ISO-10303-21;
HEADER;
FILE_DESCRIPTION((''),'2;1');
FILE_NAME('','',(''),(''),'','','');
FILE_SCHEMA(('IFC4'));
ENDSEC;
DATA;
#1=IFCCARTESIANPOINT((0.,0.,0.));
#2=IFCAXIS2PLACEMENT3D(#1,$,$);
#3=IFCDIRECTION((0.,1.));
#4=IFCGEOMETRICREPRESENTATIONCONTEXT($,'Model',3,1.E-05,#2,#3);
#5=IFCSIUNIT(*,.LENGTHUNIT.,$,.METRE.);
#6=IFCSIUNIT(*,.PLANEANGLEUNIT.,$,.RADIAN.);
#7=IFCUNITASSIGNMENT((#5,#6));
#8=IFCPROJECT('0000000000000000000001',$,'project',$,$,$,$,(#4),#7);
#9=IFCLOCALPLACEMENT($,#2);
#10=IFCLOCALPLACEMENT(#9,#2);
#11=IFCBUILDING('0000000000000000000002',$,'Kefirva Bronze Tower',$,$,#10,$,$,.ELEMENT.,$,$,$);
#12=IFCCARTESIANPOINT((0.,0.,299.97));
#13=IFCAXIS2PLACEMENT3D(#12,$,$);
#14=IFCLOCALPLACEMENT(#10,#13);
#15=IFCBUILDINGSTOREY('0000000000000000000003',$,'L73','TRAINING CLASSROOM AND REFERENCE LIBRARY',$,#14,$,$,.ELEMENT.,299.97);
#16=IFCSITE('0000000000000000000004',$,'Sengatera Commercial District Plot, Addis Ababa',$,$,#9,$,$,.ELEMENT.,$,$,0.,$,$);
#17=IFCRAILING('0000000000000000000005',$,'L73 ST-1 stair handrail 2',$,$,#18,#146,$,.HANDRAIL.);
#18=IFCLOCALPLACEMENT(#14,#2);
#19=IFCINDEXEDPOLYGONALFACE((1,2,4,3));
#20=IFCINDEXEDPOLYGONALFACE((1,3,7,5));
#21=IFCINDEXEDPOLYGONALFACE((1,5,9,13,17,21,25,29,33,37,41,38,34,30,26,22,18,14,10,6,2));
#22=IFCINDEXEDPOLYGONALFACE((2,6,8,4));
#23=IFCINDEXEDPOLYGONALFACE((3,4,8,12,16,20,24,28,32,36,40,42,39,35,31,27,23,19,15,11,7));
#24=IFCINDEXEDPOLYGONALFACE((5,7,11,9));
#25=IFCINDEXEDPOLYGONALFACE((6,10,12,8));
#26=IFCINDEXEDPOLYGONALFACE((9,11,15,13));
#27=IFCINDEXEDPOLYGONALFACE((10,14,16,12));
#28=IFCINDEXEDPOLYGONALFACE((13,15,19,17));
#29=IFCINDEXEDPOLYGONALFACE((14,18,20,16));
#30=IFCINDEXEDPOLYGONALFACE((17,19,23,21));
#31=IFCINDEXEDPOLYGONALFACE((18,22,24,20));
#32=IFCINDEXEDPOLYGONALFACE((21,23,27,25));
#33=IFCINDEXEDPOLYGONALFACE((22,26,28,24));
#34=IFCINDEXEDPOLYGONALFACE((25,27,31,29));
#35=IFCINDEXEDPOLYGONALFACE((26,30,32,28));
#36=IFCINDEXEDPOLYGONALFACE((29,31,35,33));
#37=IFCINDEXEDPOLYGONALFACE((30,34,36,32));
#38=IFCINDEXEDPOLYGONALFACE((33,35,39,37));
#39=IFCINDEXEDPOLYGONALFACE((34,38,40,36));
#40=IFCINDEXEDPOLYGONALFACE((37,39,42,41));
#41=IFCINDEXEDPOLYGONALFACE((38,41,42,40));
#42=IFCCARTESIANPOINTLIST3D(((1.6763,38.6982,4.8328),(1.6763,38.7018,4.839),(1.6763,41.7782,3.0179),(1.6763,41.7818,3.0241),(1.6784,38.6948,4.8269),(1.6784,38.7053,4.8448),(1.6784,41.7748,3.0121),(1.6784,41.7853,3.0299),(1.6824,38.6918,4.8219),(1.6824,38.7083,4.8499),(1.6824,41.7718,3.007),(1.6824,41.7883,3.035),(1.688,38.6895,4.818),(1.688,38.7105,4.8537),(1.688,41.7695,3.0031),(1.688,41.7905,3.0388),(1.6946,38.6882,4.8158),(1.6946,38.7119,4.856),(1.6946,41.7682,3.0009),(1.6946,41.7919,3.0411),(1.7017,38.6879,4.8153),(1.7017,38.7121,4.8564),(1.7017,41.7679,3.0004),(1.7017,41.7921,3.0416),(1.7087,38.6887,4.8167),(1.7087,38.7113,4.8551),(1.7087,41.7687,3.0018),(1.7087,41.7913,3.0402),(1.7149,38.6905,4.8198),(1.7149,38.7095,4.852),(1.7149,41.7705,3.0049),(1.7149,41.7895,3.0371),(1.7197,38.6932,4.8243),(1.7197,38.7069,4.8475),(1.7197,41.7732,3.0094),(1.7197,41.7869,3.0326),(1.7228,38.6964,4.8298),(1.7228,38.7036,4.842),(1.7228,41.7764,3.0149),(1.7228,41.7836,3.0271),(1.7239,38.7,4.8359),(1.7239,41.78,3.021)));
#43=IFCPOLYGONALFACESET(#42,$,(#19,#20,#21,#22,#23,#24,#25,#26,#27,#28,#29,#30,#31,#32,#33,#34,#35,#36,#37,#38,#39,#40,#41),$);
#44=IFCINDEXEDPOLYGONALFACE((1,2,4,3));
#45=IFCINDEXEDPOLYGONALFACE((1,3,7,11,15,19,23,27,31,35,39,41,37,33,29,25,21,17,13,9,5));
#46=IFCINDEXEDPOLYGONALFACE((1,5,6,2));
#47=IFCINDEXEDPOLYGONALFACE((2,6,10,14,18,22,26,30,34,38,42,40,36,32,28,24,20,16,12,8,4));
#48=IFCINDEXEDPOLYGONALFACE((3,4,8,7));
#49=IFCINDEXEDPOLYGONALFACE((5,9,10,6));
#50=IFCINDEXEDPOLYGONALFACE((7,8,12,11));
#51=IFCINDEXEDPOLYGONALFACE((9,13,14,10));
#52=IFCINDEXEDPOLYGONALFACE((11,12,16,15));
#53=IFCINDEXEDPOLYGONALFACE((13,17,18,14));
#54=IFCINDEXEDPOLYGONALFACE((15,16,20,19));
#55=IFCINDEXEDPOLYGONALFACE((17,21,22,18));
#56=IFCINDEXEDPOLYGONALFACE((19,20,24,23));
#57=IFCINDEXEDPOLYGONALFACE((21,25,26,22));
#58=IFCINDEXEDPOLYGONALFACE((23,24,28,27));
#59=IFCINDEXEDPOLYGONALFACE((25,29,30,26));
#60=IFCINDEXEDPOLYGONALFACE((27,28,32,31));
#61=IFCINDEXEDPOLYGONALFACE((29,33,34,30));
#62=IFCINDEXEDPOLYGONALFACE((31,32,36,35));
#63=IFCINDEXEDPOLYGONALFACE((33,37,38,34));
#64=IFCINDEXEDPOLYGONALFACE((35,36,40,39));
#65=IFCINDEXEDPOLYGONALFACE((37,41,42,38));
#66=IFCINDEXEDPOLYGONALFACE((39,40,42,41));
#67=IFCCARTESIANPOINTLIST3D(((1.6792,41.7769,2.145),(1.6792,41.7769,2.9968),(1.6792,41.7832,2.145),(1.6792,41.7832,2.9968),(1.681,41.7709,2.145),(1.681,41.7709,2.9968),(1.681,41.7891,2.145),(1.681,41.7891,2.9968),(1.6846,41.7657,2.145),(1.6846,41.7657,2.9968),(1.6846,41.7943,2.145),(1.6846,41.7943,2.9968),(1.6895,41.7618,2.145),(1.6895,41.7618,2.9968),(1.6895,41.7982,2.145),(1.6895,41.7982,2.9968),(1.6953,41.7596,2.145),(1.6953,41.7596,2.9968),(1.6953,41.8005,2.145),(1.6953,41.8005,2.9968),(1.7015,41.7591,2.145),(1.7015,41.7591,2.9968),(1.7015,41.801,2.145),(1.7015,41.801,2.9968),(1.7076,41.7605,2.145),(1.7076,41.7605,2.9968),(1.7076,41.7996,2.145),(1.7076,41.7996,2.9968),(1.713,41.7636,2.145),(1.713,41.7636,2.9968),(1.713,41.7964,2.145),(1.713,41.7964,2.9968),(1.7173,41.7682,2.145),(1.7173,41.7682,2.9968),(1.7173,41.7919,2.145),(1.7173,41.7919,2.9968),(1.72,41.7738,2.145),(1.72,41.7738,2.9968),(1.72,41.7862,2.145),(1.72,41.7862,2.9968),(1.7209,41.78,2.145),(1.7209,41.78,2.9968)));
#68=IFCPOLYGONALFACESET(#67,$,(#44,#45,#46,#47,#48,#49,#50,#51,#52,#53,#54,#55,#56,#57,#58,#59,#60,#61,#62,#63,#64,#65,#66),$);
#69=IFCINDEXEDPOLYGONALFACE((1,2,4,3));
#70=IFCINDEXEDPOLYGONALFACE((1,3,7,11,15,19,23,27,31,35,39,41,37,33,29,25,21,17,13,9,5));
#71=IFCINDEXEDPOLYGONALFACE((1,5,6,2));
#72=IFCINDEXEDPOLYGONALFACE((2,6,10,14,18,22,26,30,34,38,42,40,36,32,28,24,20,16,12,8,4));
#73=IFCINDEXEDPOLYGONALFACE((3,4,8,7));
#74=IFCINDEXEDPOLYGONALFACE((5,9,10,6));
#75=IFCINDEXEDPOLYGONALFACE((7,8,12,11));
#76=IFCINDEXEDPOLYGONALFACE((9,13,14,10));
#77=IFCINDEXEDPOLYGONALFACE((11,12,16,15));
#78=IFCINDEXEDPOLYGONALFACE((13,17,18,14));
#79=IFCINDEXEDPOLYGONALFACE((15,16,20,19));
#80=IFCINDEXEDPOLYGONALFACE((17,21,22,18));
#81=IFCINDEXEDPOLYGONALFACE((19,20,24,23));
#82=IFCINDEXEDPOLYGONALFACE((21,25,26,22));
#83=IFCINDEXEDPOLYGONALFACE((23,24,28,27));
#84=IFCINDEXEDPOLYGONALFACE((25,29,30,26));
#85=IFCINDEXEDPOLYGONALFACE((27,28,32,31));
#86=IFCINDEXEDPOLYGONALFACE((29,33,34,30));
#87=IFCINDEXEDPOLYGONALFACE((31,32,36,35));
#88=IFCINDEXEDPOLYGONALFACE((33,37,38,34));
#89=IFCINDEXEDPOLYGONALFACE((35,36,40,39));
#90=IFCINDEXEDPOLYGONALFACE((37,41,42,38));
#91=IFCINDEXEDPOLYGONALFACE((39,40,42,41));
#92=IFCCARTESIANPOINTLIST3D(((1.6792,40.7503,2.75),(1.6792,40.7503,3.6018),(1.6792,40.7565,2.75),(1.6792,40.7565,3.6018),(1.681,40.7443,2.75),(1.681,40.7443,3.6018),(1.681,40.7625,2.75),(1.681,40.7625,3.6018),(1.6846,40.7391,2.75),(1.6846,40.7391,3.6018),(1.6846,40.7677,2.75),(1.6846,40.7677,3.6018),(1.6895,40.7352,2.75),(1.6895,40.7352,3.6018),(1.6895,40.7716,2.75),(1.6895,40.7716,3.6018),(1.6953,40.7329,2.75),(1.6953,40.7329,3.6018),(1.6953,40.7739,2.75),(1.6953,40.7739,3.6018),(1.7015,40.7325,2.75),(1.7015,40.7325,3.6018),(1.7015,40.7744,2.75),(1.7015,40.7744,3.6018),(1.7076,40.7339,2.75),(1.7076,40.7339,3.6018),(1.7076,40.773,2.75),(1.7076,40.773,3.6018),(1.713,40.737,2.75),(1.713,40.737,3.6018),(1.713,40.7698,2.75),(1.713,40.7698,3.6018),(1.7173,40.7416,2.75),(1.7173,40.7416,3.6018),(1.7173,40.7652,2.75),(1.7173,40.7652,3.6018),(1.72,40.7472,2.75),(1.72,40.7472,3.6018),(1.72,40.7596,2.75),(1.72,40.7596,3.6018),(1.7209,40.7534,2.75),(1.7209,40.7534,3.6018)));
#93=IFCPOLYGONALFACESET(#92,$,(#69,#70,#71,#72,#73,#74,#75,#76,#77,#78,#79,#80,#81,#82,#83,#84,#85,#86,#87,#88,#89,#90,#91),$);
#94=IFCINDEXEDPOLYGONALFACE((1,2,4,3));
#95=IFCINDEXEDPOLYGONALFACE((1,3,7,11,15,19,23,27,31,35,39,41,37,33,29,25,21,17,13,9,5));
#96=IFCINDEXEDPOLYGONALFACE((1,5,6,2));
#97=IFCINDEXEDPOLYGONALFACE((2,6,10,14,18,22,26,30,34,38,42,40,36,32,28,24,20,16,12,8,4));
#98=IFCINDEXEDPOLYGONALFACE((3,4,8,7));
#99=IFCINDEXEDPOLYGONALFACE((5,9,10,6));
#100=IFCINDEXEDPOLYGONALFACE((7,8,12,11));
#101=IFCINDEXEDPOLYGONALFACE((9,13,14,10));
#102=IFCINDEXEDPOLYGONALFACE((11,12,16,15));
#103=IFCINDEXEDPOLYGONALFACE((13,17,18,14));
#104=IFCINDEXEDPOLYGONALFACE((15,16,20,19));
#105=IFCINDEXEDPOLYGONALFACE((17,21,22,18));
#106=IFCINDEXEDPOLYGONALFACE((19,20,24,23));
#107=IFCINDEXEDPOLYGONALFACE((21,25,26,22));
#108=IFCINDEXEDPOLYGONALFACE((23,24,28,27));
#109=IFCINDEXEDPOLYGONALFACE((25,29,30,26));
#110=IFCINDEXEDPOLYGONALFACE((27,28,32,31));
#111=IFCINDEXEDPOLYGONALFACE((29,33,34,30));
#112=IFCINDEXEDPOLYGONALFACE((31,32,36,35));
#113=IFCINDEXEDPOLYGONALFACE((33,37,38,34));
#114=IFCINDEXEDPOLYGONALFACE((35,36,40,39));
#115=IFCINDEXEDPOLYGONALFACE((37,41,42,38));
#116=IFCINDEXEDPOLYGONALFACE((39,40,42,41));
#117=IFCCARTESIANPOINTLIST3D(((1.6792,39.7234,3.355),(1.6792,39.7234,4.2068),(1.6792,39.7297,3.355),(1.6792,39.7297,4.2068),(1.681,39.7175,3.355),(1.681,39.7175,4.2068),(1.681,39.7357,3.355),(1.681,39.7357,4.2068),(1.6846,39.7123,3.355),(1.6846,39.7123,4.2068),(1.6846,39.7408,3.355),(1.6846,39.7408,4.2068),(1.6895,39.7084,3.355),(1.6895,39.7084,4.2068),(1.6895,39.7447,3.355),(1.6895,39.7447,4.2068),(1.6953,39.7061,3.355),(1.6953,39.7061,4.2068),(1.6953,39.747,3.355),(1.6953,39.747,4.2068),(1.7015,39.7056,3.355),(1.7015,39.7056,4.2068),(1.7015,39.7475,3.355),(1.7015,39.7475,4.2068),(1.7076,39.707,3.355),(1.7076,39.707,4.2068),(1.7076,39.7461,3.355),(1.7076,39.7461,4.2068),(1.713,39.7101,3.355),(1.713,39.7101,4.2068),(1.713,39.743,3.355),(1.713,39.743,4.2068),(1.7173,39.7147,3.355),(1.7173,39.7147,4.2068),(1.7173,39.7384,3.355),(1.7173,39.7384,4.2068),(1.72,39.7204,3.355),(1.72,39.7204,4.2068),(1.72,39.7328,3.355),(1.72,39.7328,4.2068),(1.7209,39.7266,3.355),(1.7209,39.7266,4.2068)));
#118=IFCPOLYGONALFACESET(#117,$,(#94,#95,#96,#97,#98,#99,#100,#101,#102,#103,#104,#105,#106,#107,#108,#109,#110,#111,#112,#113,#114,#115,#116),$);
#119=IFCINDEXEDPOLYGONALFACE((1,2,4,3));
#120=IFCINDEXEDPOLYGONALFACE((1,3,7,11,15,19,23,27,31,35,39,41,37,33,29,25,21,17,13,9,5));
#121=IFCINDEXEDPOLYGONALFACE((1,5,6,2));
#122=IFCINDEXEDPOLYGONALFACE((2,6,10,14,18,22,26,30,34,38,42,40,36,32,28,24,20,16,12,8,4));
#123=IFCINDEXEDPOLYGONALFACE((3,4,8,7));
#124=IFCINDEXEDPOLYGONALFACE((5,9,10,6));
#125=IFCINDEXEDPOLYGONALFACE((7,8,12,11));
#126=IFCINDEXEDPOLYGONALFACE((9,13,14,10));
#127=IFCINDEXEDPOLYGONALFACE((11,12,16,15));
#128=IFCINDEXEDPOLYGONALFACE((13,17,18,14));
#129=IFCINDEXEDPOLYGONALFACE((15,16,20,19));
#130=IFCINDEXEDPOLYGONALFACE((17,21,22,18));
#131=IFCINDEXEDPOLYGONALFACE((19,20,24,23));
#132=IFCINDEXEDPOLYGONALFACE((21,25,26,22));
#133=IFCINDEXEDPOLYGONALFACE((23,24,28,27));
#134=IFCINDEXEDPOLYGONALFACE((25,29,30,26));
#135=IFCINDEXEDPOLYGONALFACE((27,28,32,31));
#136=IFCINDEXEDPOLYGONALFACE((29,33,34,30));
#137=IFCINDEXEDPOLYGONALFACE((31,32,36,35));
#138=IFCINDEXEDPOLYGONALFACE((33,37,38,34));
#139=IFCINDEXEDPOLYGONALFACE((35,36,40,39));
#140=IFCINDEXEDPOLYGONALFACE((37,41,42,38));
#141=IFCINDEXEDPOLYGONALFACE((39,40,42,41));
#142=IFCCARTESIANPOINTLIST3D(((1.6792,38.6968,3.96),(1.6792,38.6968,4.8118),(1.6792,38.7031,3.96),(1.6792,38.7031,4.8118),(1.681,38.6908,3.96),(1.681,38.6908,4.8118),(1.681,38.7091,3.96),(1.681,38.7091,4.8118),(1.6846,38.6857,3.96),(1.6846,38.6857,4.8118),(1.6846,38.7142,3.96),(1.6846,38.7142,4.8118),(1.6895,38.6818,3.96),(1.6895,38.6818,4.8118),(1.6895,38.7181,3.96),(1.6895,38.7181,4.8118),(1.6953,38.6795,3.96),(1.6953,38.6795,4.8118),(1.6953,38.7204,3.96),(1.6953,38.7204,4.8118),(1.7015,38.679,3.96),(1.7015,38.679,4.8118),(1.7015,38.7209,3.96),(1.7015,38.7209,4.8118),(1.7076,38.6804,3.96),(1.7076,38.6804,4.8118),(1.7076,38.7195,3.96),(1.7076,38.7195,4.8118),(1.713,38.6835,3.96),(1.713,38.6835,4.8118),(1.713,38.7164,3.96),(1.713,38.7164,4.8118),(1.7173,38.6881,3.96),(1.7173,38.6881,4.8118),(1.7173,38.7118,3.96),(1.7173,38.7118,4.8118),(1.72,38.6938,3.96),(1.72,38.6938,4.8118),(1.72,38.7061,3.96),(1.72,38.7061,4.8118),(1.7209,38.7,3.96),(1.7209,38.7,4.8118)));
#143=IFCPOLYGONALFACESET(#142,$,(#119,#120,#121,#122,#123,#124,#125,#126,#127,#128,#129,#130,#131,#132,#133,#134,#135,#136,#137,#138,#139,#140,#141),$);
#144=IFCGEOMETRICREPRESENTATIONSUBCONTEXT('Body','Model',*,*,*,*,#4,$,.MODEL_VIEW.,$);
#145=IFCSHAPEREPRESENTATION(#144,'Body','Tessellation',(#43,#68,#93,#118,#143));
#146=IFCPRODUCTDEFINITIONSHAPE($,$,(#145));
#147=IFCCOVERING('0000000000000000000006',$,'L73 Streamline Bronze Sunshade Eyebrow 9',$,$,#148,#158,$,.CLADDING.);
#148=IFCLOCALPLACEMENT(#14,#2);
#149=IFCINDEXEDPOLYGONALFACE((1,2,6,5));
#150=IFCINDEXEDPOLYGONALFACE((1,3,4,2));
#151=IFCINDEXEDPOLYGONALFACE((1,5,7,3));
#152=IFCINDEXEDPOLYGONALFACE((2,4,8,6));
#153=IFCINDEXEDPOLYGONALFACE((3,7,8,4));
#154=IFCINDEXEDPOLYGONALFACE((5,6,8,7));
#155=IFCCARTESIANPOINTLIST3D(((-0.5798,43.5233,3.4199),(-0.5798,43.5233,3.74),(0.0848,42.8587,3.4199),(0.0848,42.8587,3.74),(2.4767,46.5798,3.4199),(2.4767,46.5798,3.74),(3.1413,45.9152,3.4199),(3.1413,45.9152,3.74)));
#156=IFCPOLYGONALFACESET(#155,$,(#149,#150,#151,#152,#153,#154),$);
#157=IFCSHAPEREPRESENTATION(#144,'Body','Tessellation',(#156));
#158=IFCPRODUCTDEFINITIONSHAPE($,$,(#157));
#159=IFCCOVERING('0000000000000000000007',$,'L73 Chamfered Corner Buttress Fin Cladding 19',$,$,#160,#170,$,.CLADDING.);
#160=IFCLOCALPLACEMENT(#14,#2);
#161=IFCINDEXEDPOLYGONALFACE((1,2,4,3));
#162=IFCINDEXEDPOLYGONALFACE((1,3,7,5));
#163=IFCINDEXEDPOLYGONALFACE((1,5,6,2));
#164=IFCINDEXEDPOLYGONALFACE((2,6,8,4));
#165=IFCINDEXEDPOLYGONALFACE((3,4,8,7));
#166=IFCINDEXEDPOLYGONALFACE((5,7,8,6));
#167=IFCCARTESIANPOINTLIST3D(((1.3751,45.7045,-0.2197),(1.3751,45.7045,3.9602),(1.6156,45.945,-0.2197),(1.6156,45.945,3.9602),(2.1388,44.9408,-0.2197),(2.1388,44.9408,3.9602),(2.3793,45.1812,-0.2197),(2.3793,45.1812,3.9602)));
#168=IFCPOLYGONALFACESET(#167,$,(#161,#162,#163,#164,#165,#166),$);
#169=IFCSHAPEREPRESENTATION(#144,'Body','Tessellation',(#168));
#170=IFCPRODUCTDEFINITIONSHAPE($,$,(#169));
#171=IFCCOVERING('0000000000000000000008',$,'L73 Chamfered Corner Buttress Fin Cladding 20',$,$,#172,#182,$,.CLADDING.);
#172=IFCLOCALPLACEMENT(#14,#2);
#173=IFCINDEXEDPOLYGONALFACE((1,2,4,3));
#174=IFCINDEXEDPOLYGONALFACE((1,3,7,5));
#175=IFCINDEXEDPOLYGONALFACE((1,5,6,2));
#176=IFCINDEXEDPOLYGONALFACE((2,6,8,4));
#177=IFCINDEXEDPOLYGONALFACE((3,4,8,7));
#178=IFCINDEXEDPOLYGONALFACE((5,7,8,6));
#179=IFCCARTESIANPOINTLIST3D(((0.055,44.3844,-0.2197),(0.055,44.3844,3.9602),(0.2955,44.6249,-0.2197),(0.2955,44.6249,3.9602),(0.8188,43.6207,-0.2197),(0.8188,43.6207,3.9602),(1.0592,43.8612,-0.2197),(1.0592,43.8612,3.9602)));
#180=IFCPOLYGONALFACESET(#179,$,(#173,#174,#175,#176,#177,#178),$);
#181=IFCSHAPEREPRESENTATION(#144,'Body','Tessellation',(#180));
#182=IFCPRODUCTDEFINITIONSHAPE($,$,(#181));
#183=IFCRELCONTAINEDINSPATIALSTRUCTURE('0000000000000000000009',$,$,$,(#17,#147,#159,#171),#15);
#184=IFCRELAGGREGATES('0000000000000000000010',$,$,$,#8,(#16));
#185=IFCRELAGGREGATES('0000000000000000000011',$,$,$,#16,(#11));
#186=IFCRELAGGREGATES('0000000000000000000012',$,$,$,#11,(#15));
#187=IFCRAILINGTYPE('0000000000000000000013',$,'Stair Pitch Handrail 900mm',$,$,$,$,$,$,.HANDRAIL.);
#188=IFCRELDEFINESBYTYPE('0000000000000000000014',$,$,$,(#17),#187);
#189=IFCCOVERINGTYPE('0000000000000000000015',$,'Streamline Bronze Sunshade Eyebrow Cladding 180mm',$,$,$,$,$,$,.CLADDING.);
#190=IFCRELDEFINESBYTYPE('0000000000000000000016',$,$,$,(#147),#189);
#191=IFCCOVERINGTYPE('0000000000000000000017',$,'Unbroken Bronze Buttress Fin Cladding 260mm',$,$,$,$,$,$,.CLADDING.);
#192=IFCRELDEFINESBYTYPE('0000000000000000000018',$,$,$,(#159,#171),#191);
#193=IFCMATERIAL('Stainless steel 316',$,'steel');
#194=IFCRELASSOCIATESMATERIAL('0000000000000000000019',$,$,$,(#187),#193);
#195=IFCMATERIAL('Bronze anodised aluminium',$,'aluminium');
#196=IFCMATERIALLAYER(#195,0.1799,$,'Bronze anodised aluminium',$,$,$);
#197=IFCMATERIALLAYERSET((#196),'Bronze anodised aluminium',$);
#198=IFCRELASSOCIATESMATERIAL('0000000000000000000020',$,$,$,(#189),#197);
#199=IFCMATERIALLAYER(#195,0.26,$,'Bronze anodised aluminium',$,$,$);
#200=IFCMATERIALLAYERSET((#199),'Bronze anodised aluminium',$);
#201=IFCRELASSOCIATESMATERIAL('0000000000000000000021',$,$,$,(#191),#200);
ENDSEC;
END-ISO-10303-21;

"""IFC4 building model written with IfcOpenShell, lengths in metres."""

from ifc_helpers import new_model, si_unit, direction, frame, origin, origin_2d, place, context, subcontext, project, spatial, rectangle, circle, extrude, material, layer, layer_set, type_object, element, save


model = new_model("IFC4")

# Units and contexts
model_context = context("Model", 3, precision=1e-05, world=origin(), true_north=direction((0.0, 1.0)))
body_context = subcontext(model_context, "Body", "Model", "MODEL_VIEW")
ifc_project = project(units=[si_unit("LENGTHUNIT", "METRE"), si_unit("PLANEANGLEUNIT", "RADIAN")], contexts=[model_context])

# Site, building, storey
site_placement = place(None, origin())
site = spatial("IfcSite", under=ifc_project, at=site_placement, Name="Sengatera Commercial District Plot, Addis Ababa", CompositionType="ELEMENT", RefElevation=0.0)
building_placement = place(site_placement, origin())
building = spatial("IfcBuilding", under=site, at=building_placement, Name="Kefirva Bronze Tower", CompositionType="ELEMENT")
storey_placement = place(building_placement, frame((0.0, 0.0, 299.97)))
storey = spatial("IfcBuildingStorey", under=building, at=storey_placement, Name="L73", Description="TRAINING CLASSROOM AND REFERENCE LIBRARY", CompositionType="ELEMENT", Elevation=299.97)

# Shared definitions
ifc_material_1 = material(Name="Bronze anodised aluminium", Category="aluminium")

# Railing
ifc_material_2 = material(Name="Stainless steel 316", Category="steel")
railing_type_1 = type_object("IfcRailingType", Name="Stair Pitch Handrail 900mm", PredefinedType="HANDRAIL", material=ifc_material_2)
railing_1_placement = place(storey_placement, frame((1.7, 41.78, 2.145)))
element("IfcRailing", 1, at=railing_1_placement, inside=storey, type_object=railing_type_1, Name="L73 ST-1 stair handrail 2", PredefinedType="HANDRAIL", context=body_context, shape_type="SweptSolid", body=[
    extrude(circle(Radius=0.0239, at=origin_2d()), frame((0.0, 0.0, 0.876), z_axis=(0.0, -0.861551, 0.507671), x_axis=(1.0, 0.0, 0.0)), (0.0, 0.0, 1.0), 3.575),
    extrude(circle(Radius=0.021, at=origin_2d()), origin(), (0.0, 0.0, 1.0), 0.8518),
    extrude(circle(Radius=0.021, at=origin_2d()), frame((0.0, -1.0266, 0.605)), (0.0, 0.0, 1.0), 0.8518),
    extrude(circle(Radius=0.021, at=origin_2d()), frame((0.0, -2.0535, 1.21)), (0.0, 0.0, 1.0), 0.8518),
    extrude(circle(Radius=0.021, at=origin_2d()), frame((0.0, -3.0801, 1.8149)), (0.0, 0.0, 1.0), 0.8518),
])

# Coverings
ifc_layer_1 = layer(ifc_material_1, 0.1799, Name="Bronze anodised aluminium")
ifc_layer_set_1 = layer_set([ifc_layer_1], Name="Bronze anodised aluminium")
covering_type_1 = type_object("IfcCoveringType", Name="Streamline Bronze Sunshade Eyebrow Cladding 180mm", PredefinedType="CLADDING", material=ifc_layer_set_1)
covering_1_placement = place(storey_placement, frame((1.2808, 44.7192, 3.4199), z_axis=(0.0, 0.0, 1.0), x_axis=(-0.707107, -0.707107, 0.0)))
element("IfcCovering", 2, at=covering_1_placement, inside=storey, type_object=covering_type_1, Name="L73 Streamline Bronze Sunshade Eyebrow 9", PredefinedType="CLADDING", context=body_context, shape_type="SweptSolid", body=[
    extrude(rectangle(XDim=4.3225, YDim=0.9399, at=origin_2d()), origin(), (0.0, 0.0, 1.0), 0.3201),
])
ifc_layer_2 = layer(ifc_material_1, 0.26, Name="Bronze anodised aluminium")
ifc_layer_set_2 = layer_set([ifc_layer_2], Name="Bronze anodised aluminium")
covering_type_2 = type_object("IfcCoveringType", Name="Unbroken Bronze Buttress Fin Cladding 260mm", PredefinedType="CLADDING", material=ifc_layer_set_2)
for number, where, z_axis, x_axis, name in (
    (3, (1.8772, 45.4429, -0.2197), (0.0, 0.0, 1.0), (-0.707107, -0.707107, 0.0), "L73 Chamfered Corner Buttress Fin Cladding 19"),
    (4, (0.5571, 44.1228, -0.2197), (0.0, 0.0, 1.0), (-0.707107, -0.707107, 0.0), "L73 Chamfered Corner Buttress Fin Cladding 20"),
):
    element("IfcCovering", number, at=place(storey_placement, frame(where, z_axis=z_axis, x_axis=x_axis)), inside=storey, type_object=covering_type_2, Name=name, PredefinedType="CLADDING", context=body_context, shape_type="SweptSolid", body=[
        extrude(rectangle(XDim=0.3401, YDim=1.0801, at=origin_2d()), origin(), (0.0, 0.0, 1.0), 4.1799),
    ])

save(model, "model.ifc")
